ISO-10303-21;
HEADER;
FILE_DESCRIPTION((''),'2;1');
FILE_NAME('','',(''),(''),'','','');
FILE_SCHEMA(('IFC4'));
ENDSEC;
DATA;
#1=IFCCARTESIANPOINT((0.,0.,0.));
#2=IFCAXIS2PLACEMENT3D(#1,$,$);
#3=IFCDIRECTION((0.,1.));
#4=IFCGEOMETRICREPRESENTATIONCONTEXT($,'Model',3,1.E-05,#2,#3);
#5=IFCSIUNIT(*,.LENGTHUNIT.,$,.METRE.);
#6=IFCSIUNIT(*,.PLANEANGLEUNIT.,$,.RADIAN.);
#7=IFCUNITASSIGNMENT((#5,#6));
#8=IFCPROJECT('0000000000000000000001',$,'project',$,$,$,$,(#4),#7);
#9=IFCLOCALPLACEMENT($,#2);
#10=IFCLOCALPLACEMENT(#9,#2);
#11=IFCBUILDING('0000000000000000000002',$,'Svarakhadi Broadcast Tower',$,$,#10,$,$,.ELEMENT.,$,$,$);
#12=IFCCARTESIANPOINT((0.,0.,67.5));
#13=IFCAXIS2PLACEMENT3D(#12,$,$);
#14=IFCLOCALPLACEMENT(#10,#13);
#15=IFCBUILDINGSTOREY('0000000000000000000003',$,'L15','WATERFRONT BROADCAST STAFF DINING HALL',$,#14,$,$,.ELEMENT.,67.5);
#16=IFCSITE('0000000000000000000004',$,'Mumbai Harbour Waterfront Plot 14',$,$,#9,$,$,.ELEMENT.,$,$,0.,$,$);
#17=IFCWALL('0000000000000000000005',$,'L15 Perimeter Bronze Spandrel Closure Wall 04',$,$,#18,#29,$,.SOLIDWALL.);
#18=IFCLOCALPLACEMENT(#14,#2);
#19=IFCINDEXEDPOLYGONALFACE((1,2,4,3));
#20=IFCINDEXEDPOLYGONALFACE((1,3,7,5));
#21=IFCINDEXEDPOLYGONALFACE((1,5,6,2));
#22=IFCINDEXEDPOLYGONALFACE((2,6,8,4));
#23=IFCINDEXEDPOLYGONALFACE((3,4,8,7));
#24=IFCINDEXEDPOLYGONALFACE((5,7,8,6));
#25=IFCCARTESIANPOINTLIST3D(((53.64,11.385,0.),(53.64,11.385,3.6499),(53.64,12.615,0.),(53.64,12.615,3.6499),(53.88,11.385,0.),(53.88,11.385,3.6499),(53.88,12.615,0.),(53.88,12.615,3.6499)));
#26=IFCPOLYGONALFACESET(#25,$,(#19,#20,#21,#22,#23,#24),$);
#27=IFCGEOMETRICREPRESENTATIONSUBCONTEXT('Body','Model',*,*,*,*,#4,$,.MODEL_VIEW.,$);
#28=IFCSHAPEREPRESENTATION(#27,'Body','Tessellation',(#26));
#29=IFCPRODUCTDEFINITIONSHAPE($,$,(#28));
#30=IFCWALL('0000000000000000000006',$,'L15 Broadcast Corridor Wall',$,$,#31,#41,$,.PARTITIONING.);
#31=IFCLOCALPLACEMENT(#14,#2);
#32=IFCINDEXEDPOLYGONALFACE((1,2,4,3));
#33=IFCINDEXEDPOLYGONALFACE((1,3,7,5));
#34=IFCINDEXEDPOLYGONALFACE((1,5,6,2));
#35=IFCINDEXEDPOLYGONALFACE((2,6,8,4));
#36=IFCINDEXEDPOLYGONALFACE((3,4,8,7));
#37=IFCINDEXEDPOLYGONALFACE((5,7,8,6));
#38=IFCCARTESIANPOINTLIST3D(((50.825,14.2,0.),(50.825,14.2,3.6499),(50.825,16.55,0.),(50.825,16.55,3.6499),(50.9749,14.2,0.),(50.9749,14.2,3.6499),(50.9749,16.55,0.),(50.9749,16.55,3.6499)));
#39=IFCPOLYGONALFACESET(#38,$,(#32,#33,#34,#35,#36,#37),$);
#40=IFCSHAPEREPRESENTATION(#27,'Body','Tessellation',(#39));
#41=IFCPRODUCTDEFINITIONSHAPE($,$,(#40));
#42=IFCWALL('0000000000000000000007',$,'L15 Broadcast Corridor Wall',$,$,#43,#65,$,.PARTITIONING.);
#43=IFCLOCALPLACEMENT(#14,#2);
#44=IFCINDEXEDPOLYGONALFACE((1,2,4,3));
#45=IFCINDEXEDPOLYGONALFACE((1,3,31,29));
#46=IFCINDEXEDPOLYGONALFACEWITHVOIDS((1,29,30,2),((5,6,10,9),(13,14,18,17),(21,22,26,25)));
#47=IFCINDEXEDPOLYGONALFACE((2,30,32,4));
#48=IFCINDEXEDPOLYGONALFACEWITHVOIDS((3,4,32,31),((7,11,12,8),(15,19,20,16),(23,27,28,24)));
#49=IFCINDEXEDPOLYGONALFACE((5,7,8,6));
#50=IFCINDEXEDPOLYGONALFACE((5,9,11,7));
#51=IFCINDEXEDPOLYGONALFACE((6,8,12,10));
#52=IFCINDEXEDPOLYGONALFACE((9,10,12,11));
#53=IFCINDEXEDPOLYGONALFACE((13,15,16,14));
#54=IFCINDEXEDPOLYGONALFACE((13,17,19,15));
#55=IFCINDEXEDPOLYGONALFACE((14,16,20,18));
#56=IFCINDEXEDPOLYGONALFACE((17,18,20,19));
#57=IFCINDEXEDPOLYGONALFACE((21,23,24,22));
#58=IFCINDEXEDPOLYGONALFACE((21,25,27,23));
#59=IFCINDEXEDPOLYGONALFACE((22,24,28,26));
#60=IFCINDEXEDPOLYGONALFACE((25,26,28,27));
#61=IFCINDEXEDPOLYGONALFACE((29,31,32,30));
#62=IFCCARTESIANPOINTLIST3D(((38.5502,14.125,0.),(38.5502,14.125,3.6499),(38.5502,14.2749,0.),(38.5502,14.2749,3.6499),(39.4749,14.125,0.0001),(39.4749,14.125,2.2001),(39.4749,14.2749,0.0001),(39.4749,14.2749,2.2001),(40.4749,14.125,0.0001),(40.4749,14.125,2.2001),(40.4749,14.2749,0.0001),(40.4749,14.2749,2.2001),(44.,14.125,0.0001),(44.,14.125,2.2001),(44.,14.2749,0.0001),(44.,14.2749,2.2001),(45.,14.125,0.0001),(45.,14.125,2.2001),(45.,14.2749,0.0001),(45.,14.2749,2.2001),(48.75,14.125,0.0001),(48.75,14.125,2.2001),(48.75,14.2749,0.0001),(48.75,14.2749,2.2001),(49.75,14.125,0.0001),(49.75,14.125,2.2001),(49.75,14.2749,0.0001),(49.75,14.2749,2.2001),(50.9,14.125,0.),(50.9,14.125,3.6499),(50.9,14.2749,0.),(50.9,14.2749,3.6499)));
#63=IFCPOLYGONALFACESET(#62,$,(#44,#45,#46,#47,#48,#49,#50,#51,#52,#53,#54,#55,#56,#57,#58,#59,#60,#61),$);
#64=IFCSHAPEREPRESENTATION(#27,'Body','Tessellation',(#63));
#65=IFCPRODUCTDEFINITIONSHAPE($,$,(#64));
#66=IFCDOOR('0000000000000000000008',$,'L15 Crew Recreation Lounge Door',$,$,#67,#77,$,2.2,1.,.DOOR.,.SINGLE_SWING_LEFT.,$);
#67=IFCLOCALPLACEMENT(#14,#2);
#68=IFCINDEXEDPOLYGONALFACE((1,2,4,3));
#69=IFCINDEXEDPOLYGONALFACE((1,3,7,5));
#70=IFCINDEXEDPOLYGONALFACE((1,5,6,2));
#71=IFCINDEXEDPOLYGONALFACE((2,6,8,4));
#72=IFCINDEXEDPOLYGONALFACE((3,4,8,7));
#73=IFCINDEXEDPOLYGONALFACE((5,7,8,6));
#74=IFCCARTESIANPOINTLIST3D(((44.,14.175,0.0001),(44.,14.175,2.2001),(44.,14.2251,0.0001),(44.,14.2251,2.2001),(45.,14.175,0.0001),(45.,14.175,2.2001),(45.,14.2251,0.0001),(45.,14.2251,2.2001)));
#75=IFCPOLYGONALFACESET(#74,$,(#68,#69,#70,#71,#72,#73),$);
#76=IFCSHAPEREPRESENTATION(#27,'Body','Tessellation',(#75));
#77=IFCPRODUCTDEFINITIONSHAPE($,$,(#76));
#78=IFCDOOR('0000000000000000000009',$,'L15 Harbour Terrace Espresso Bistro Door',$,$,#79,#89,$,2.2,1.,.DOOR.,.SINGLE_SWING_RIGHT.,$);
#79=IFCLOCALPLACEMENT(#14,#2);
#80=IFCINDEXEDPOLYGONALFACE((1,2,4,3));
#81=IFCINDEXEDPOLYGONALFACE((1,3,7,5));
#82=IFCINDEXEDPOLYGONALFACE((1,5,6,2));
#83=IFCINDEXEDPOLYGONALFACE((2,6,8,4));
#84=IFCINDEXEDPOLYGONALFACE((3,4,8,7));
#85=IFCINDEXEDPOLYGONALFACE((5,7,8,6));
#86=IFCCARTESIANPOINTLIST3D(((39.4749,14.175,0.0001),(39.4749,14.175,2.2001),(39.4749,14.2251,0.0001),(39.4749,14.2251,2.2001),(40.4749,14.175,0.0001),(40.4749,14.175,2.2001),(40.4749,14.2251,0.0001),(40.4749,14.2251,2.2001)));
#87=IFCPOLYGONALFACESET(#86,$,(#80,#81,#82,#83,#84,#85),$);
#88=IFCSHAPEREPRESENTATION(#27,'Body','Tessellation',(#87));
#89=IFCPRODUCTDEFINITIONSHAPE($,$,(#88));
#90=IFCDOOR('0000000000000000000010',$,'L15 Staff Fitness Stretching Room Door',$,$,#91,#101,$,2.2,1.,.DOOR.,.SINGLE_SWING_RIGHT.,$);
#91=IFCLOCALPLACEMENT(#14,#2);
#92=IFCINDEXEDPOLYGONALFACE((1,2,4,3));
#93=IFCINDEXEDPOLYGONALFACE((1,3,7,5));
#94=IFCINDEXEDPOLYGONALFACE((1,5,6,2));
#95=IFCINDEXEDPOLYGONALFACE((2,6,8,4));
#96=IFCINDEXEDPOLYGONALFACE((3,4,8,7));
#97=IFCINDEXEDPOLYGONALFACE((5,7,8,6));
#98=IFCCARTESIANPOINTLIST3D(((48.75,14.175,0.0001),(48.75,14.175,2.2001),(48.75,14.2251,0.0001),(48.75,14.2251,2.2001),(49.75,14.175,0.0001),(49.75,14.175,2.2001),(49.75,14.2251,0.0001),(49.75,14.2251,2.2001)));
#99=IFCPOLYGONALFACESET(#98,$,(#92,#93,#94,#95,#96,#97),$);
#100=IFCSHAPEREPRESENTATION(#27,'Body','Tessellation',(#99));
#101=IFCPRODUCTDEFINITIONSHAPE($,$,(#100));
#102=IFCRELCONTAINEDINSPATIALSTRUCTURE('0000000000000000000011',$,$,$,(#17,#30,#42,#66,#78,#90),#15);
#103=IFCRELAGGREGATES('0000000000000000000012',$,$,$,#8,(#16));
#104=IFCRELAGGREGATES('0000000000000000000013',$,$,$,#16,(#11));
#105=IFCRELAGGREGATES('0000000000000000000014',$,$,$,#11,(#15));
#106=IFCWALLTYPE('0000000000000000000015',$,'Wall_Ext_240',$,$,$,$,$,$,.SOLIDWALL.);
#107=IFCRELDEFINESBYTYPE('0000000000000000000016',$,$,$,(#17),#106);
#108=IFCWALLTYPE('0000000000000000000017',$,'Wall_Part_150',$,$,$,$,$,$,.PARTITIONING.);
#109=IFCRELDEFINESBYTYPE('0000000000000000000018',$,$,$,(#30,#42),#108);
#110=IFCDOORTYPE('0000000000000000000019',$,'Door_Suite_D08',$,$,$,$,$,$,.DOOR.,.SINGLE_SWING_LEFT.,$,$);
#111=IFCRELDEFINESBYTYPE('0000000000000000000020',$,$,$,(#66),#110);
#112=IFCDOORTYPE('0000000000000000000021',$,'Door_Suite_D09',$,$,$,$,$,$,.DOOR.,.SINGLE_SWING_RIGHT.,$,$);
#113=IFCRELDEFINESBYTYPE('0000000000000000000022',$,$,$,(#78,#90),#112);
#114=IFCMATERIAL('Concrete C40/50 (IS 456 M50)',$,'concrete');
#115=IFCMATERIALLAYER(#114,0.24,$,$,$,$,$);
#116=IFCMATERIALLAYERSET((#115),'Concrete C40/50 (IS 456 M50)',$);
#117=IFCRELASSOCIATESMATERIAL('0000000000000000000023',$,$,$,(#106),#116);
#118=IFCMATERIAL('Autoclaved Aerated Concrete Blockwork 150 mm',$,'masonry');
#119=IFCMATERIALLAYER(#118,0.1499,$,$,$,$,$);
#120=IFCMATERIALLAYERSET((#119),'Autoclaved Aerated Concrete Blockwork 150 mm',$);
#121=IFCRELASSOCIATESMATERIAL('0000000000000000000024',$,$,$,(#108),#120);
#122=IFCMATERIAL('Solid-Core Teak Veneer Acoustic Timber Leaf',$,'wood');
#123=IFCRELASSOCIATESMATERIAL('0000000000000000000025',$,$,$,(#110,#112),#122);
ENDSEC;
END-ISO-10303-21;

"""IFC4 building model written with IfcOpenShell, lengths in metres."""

from ifc_helpers import new_model, si_unit, direction, frame, frame_2d, origin, place, context, subcontext, project, spatial, rectangle, extrude, material, layer, layer_set, type_object, element, fill, save


model = new_model("IFC4")

# Units and contexts
model_context = context("Model", 3, precision=1e-05, world=origin(), true_north=direction((0.0, 1.0)))
body_context = subcontext(model_context, "Body", "Model", "MODEL_VIEW")
ifc_project = project(units=[si_unit("LENGTHUNIT", "METRE"), si_unit("PLANEANGLEUNIT", "RADIAN")], contexts=[model_context])

# Site, building, storey
site_placement = place(None, origin())
site = spatial("IfcSite", under=ifc_project, at=site_placement, Name="Mumbai Harbour Waterfront Plot 14", CompositionType="ELEMENT", RefElevation=0.0)
building_placement = place(site_placement, origin())
building = spatial("IfcBuilding", under=site, at=building_placement, Name="Svarakhadi Broadcast Tower", CompositionType="ELEMENT")
storey_placement = place(building_placement, frame((0.0, 0.0, 67.5)))
storey = spatial("IfcBuildingStorey", under=building, at=storey_placement, Name="L15", Description="WATERFRONT BROADCAST STAFF DINING HALL", CompositionType="ELEMENT", Elevation=67.5)

# Walls
ifc_material_1 = material(Name="Concrete C40/50 (IS 456 M50)", Category="concrete")
ifc_layer_1 = layer(ifc_material_1, 0.24)
ifc_layer_set_1 = layer_set([ifc_layer_1], Name="Concrete C40/50 (IS 456 M50)")
wall_type_1 = type_object("IfcWallType", Name="Wall_Ext_240", PredefinedType="SOLIDWALL", material=ifc_layer_set_1)
for number, where, z_axis, x_axis, name in (
    (1, (53.76, 12.615, 0.0), (0.0, 0.0, 1.0), (0.0, -1.0, 0.0), "L15 Perimeter Bronze Spandrel Closure Wall 04"),
):
    element("IfcWall", number, at=place(storey_placement, frame(where, z_axis=z_axis, x_axis=x_axis)), inside=storey, type_object=wall_type_1, Name=name, PredefinedType="SOLIDWALL", context=body_context, shape_type="SweptSolid", body=[
        extrude(rectangle(XDim=1.23, YDim=0.24, at=frame_2d((0.615, 0.0))), origin(), (0.0, 0.0, 1.0), 3.6499),
    ])
ifc_material_2 = material(Name="Autoclaved Aerated Concrete Blockwork 150 mm", Category="masonry")
ifc_layer_2 = layer(ifc_material_2, 0.1499)
ifc_layer_set_2 = layer_set([ifc_layer_2], Name="Autoclaved Aerated Concrete Blockwork 150 mm")
wall_type_2 = type_object("IfcWallType", Name="Wall_Part_150", PredefinedType="PARTITIONING", material=ifc_layer_set_2)
wall_1_placement = place(storey_placement, frame((50.8999, 16.55, 0.0), z_axis=(0.0, 0.0, 1.0), x_axis=(0.0, -1.0, 0.0)))
element("IfcWall", 2, at=wall_1_placement, inside=storey, type_object=wall_type_2, Name="L15 Broadcast Corridor Wall", PredefinedType="PARTITIONING", context=body_context, shape_type="SweptSolid", body=[
    extrude(rectangle(XDim=2.3501, YDim=0.1499, at=frame_2d((1.175, 0.0))), origin(), (0.0, 0.0, 1.0), 3.6499),
])

# Wall, openings, doors
wall_2_placement = place(storey_placement, frame((50.8999, 14.2, 0.0), z_axis=(0.0, 0.0, 1.0), x_axis=(-1.0, 0.0, 0.0)))
wall_2 = element("IfcWall", 3, at=wall_2_placement, inside=storey, type_object=wall_type_2, Name="L15 Broadcast Corridor Wall", PredefinedType="PARTITIONING", context=body_context, shape_type="SweptSolid", body=[
    extrude(rectangle(XDim=12.3499, YDim=0.1499, at=frame_2d((6.1748, 0.0))), origin(), (0.0, 0.0, 1.0), 3.6499),
])
opening_1_placement = place(wall_2_placement, frame((10.425, 0.0, 0.0)))
opening_1 = element("IfcOpeningElement", 4, at=opening_1_placement, cuts=wall_2, PredefinedType="OPENING", context=body_context, shape_type="SweptSolid", body=[
    extrude(rectangle(XDim=1.0, YDim=2.2, at=frame_2d((0.5, 1.1001))), frame((0.0, 0.085, 0.0), z_axis=(0.0, -1.0, 0.0), x_axis=(1.0, 0.0, 0.0)), (0.0, 0.0, 1.0), 0.1699),
])
opening_2_placement = place(wall_2_placement, frame((5.8999, 0.0, 0.0)))
opening_2 = element("IfcOpeningElement", 5, at=opening_2_placement, cuts=wall_2, PredefinedType="OPENING", context=body_context, shape_type="SweptSolid", body=[
    extrude(rectangle(XDim=1.0, YDim=2.2, at=frame_2d((0.5, 1.1001))), frame((0.0, 0.085, 0.0), z_axis=(0.0, -1.0, 0.0), x_axis=(1.0, 0.0, 0.0)), (0.0, 0.0, 1.0), 0.1699),
])
opening_3_placement = place(wall_2_placement, frame((1.1499, 0.0, 0.0)))
opening_3 = element("IfcOpeningElement", 6, at=opening_3_placement, cuts=wall_2, PredefinedType="OPENING", context=body_context, shape_type="SweptSolid", body=[
    extrude(rectangle(XDim=1.0, YDim=2.2, at=frame_2d((0.5, 1.1001))), frame((0.0, 0.085, 0.0), z_axis=(0.0, -1.0, 0.0), x_axis=(1.0, 0.0, 0.0)), (0.0, 0.0, 1.0), 0.1699),
])
ifc_material_3 = material(Name="Solid-Core Teak Veneer Acoustic Timber Leaf", Category="wood")
door_type_1 = type_object("IfcDoorType", Name="Door_Suite_D08", OperationType="SINGLE_SWING_LEFT", PredefinedType="DOOR", material=ifc_material_3)
door_1_placement = place(opening_2_placement, origin())
door_1 = element("IfcDoor", 7, at=door_1_placement, inside=storey, type_object=door_type_1, Name="L15 Crew Recreation Lounge Door", OperationType="SINGLE_SWING_LEFT", OverallHeight=2.2, OverallWidth=1.0, PredefinedType="DOOR", context=body_context, shape_type="SweptSolid", body=[
    extrude(rectangle(XDim=1.0, YDim=2.2, at=frame_2d((0.5, 1.1001))), frame((0.0, 0.0249, 0.0), z_axis=(0.0, -1.0, 0.0), x_axis=(1.0, 0.0, 0.0)), (0.0, 0.0, 1.0), 0.05),
])
fill(opening_2, door_1)
door_type_2 = type_object("IfcDoorType", Name="Door_Suite_D09", OperationType="SINGLE_SWING_RIGHT", PredefinedType="DOOR", material=ifc_material_3)
door_2_placement = place(opening_1_placement, origin())
door_2 = element("IfcDoor", 8, at=door_2_placement, inside=storey, type_object=door_type_2, Name="L15 Harbour Terrace Espresso Bistro Door", OperationType="SINGLE_SWING_RIGHT", OverallHeight=2.2, OverallWidth=1.0, PredefinedType="DOOR", context=body_context, shape_type="SweptSolid", body=[
    extrude(rectangle(XDim=1.0, YDim=2.2, at=frame_2d((0.5, 1.1001))), frame((0.0, 0.0249, 0.0), z_axis=(0.0, -1.0, 0.0), x_axis=(1.0, 0.0, 0.0)), (0.0, 0.0, 1.0), 0.05),
])
fill(opening_1, door_2)
door_3_placement = place(opening_3_placement, origin())
door_3 = element("IfcDoor", 9, at=door_3_placement, inside=storey, type_object=door_type_2, Name="L15 Staff Fitness Stretching Room Door", OperationType="SINGLE_SWING_RIGHT", OverallHeight=2.2, OverallWidth=1.0, PredefinedType="DOOR", context=body_context, shape_type="SweptSolid", body=[
    extrude(rectangle(XDim=1.0, YDim=2.2, at=frame_2d((0.5, 1.1001))), frame((0.0, 0.0249, 0.0), z_axis=(0.0, -1.0, 0.0), x_axis=(1.0, 0.0, 0.0)), (0.0, 0.0, 1.0), 0.05),
])
fill(opening_3, door_3)

save(model, "model.ifc")
